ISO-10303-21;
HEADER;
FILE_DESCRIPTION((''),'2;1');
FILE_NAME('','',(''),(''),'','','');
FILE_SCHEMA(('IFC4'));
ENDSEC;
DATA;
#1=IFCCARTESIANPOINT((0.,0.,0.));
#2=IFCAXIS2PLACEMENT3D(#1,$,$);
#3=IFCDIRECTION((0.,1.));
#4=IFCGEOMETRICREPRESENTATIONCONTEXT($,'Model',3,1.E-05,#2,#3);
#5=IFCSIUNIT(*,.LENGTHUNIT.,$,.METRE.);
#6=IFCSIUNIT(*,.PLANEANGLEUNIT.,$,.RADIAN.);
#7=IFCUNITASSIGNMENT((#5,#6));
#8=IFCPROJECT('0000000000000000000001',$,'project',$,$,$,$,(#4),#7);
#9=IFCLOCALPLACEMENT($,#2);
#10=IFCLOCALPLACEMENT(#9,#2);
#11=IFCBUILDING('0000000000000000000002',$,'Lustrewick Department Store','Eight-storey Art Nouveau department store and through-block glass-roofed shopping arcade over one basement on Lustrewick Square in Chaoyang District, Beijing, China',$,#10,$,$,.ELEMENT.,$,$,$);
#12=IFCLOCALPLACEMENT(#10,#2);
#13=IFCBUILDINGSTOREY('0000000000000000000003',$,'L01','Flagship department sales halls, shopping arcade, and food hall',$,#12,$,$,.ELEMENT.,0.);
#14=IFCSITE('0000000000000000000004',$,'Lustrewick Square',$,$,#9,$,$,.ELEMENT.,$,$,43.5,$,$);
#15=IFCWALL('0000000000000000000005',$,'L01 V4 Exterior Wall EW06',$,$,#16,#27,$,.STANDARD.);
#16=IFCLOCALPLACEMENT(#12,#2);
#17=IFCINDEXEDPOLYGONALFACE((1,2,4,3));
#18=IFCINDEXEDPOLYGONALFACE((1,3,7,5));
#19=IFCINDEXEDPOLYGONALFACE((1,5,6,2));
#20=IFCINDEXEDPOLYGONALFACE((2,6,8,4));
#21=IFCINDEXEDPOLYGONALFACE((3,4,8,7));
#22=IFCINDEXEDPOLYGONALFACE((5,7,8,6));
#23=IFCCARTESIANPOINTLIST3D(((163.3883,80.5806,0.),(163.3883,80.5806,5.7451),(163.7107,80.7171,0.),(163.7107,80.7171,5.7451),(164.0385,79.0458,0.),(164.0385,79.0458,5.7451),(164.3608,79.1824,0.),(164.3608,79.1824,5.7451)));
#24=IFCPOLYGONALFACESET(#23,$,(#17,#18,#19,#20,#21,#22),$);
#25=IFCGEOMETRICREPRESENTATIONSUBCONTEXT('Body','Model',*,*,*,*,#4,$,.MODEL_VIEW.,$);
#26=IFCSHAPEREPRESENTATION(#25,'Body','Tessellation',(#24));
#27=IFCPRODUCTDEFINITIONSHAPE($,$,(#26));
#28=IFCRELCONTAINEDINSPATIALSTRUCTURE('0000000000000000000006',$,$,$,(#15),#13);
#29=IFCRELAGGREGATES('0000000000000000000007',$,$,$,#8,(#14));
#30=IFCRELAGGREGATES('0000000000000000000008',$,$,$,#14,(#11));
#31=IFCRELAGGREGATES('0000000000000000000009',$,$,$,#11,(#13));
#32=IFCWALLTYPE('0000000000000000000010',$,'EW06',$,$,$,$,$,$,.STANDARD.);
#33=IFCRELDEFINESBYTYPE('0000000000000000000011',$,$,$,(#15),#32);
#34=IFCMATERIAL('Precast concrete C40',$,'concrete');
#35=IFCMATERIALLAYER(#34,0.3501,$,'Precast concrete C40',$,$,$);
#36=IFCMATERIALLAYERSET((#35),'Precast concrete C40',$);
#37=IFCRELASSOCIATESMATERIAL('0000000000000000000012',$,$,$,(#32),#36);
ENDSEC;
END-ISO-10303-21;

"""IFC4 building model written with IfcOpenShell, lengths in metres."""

from ifc_helpers import new_model, si_unit, direction, frame, frame_2d, origin, place, context, subcontext, project, spatial, rectangle, extrude, material, layer, layer_set, type_object, element, save


model = new_model("IFC4")

# Units and contexts
model_context = context("Model", 3, precision=1e-05, world=origin(), true_north=direction((0.0, 1.0)))
body_context = subcontext(model_context, "Body", "Model", "MODEL_VIEW")
ifc_project = project(units=[si_unit("LENGTHUNIT", "METRE"), si_unit("PLANEANGLEUNIT", "RADIAN")], contexts=[model_context])

# Site, building, storey
site_placement = place(None, origin())
site = spatial("IfcSite", under=ifc_project, at=site_placement, Name="Lustrewick Square", CompositionType="ELEMENT", RefElevation=43.5)
building_placement = place(site_placement, origin())
building = spatial("IfcBuilding", under=site, at=building_placement, Name="Lustrewick Department Store", Description="Eight-storey Art Nouveau department store and through-block glass-roofed shopping arcade over one basement on Lustrewick Square in Chaoyang District, Beijing, China", CompositionType="ELEMENT")
storey_placement = place(building_placement, origin())
storey = spatial("IfcBuildingStorey", under=building, at=storey_placement, Name="L01", Description="Flagship department sales halls, shopping arcade, and food hall", CompositionType="ELEMENT", Elevation=0.0)

# Wall
ifc_material_1 = material(Name="Precast concrete C40", Category="concrete")
ifc_layer_1 = layer(ifc_material_1, 0.3501, Name="Precast concrete C40")
ifc_layer_set_1 = layer_set([ifc_layer_1], Name="Precast concrete C40")
wall_type = type_object("IfcWallType", Name="EW06", PredefinedType="STANDARD", material=ifc_layer_set_1)
wall_1_placement = place(storey_placement, frame((164.1997, 79.114, 0.0), z_axis=(0.0, 0.0, 1.0), x_axis=(-0.39008, 0.920781, 0.0)))
element("IfcWall", 1, at=wall_1_placement, inside=storey, type_object=wall_type, Name="L01 V4 Exterior Wall EW06", PredefinedType="STANDARD", context=body_context, shape_type="SweptSolid", body=[
    extrude(rectangle(XDim=1.6667, YDim=0.3501, at=frame_2d((0.8335, 0.0))), origin(), (0.0, 0.0, 1.0), 5.7451),
])

save(model, "model.ifc")
